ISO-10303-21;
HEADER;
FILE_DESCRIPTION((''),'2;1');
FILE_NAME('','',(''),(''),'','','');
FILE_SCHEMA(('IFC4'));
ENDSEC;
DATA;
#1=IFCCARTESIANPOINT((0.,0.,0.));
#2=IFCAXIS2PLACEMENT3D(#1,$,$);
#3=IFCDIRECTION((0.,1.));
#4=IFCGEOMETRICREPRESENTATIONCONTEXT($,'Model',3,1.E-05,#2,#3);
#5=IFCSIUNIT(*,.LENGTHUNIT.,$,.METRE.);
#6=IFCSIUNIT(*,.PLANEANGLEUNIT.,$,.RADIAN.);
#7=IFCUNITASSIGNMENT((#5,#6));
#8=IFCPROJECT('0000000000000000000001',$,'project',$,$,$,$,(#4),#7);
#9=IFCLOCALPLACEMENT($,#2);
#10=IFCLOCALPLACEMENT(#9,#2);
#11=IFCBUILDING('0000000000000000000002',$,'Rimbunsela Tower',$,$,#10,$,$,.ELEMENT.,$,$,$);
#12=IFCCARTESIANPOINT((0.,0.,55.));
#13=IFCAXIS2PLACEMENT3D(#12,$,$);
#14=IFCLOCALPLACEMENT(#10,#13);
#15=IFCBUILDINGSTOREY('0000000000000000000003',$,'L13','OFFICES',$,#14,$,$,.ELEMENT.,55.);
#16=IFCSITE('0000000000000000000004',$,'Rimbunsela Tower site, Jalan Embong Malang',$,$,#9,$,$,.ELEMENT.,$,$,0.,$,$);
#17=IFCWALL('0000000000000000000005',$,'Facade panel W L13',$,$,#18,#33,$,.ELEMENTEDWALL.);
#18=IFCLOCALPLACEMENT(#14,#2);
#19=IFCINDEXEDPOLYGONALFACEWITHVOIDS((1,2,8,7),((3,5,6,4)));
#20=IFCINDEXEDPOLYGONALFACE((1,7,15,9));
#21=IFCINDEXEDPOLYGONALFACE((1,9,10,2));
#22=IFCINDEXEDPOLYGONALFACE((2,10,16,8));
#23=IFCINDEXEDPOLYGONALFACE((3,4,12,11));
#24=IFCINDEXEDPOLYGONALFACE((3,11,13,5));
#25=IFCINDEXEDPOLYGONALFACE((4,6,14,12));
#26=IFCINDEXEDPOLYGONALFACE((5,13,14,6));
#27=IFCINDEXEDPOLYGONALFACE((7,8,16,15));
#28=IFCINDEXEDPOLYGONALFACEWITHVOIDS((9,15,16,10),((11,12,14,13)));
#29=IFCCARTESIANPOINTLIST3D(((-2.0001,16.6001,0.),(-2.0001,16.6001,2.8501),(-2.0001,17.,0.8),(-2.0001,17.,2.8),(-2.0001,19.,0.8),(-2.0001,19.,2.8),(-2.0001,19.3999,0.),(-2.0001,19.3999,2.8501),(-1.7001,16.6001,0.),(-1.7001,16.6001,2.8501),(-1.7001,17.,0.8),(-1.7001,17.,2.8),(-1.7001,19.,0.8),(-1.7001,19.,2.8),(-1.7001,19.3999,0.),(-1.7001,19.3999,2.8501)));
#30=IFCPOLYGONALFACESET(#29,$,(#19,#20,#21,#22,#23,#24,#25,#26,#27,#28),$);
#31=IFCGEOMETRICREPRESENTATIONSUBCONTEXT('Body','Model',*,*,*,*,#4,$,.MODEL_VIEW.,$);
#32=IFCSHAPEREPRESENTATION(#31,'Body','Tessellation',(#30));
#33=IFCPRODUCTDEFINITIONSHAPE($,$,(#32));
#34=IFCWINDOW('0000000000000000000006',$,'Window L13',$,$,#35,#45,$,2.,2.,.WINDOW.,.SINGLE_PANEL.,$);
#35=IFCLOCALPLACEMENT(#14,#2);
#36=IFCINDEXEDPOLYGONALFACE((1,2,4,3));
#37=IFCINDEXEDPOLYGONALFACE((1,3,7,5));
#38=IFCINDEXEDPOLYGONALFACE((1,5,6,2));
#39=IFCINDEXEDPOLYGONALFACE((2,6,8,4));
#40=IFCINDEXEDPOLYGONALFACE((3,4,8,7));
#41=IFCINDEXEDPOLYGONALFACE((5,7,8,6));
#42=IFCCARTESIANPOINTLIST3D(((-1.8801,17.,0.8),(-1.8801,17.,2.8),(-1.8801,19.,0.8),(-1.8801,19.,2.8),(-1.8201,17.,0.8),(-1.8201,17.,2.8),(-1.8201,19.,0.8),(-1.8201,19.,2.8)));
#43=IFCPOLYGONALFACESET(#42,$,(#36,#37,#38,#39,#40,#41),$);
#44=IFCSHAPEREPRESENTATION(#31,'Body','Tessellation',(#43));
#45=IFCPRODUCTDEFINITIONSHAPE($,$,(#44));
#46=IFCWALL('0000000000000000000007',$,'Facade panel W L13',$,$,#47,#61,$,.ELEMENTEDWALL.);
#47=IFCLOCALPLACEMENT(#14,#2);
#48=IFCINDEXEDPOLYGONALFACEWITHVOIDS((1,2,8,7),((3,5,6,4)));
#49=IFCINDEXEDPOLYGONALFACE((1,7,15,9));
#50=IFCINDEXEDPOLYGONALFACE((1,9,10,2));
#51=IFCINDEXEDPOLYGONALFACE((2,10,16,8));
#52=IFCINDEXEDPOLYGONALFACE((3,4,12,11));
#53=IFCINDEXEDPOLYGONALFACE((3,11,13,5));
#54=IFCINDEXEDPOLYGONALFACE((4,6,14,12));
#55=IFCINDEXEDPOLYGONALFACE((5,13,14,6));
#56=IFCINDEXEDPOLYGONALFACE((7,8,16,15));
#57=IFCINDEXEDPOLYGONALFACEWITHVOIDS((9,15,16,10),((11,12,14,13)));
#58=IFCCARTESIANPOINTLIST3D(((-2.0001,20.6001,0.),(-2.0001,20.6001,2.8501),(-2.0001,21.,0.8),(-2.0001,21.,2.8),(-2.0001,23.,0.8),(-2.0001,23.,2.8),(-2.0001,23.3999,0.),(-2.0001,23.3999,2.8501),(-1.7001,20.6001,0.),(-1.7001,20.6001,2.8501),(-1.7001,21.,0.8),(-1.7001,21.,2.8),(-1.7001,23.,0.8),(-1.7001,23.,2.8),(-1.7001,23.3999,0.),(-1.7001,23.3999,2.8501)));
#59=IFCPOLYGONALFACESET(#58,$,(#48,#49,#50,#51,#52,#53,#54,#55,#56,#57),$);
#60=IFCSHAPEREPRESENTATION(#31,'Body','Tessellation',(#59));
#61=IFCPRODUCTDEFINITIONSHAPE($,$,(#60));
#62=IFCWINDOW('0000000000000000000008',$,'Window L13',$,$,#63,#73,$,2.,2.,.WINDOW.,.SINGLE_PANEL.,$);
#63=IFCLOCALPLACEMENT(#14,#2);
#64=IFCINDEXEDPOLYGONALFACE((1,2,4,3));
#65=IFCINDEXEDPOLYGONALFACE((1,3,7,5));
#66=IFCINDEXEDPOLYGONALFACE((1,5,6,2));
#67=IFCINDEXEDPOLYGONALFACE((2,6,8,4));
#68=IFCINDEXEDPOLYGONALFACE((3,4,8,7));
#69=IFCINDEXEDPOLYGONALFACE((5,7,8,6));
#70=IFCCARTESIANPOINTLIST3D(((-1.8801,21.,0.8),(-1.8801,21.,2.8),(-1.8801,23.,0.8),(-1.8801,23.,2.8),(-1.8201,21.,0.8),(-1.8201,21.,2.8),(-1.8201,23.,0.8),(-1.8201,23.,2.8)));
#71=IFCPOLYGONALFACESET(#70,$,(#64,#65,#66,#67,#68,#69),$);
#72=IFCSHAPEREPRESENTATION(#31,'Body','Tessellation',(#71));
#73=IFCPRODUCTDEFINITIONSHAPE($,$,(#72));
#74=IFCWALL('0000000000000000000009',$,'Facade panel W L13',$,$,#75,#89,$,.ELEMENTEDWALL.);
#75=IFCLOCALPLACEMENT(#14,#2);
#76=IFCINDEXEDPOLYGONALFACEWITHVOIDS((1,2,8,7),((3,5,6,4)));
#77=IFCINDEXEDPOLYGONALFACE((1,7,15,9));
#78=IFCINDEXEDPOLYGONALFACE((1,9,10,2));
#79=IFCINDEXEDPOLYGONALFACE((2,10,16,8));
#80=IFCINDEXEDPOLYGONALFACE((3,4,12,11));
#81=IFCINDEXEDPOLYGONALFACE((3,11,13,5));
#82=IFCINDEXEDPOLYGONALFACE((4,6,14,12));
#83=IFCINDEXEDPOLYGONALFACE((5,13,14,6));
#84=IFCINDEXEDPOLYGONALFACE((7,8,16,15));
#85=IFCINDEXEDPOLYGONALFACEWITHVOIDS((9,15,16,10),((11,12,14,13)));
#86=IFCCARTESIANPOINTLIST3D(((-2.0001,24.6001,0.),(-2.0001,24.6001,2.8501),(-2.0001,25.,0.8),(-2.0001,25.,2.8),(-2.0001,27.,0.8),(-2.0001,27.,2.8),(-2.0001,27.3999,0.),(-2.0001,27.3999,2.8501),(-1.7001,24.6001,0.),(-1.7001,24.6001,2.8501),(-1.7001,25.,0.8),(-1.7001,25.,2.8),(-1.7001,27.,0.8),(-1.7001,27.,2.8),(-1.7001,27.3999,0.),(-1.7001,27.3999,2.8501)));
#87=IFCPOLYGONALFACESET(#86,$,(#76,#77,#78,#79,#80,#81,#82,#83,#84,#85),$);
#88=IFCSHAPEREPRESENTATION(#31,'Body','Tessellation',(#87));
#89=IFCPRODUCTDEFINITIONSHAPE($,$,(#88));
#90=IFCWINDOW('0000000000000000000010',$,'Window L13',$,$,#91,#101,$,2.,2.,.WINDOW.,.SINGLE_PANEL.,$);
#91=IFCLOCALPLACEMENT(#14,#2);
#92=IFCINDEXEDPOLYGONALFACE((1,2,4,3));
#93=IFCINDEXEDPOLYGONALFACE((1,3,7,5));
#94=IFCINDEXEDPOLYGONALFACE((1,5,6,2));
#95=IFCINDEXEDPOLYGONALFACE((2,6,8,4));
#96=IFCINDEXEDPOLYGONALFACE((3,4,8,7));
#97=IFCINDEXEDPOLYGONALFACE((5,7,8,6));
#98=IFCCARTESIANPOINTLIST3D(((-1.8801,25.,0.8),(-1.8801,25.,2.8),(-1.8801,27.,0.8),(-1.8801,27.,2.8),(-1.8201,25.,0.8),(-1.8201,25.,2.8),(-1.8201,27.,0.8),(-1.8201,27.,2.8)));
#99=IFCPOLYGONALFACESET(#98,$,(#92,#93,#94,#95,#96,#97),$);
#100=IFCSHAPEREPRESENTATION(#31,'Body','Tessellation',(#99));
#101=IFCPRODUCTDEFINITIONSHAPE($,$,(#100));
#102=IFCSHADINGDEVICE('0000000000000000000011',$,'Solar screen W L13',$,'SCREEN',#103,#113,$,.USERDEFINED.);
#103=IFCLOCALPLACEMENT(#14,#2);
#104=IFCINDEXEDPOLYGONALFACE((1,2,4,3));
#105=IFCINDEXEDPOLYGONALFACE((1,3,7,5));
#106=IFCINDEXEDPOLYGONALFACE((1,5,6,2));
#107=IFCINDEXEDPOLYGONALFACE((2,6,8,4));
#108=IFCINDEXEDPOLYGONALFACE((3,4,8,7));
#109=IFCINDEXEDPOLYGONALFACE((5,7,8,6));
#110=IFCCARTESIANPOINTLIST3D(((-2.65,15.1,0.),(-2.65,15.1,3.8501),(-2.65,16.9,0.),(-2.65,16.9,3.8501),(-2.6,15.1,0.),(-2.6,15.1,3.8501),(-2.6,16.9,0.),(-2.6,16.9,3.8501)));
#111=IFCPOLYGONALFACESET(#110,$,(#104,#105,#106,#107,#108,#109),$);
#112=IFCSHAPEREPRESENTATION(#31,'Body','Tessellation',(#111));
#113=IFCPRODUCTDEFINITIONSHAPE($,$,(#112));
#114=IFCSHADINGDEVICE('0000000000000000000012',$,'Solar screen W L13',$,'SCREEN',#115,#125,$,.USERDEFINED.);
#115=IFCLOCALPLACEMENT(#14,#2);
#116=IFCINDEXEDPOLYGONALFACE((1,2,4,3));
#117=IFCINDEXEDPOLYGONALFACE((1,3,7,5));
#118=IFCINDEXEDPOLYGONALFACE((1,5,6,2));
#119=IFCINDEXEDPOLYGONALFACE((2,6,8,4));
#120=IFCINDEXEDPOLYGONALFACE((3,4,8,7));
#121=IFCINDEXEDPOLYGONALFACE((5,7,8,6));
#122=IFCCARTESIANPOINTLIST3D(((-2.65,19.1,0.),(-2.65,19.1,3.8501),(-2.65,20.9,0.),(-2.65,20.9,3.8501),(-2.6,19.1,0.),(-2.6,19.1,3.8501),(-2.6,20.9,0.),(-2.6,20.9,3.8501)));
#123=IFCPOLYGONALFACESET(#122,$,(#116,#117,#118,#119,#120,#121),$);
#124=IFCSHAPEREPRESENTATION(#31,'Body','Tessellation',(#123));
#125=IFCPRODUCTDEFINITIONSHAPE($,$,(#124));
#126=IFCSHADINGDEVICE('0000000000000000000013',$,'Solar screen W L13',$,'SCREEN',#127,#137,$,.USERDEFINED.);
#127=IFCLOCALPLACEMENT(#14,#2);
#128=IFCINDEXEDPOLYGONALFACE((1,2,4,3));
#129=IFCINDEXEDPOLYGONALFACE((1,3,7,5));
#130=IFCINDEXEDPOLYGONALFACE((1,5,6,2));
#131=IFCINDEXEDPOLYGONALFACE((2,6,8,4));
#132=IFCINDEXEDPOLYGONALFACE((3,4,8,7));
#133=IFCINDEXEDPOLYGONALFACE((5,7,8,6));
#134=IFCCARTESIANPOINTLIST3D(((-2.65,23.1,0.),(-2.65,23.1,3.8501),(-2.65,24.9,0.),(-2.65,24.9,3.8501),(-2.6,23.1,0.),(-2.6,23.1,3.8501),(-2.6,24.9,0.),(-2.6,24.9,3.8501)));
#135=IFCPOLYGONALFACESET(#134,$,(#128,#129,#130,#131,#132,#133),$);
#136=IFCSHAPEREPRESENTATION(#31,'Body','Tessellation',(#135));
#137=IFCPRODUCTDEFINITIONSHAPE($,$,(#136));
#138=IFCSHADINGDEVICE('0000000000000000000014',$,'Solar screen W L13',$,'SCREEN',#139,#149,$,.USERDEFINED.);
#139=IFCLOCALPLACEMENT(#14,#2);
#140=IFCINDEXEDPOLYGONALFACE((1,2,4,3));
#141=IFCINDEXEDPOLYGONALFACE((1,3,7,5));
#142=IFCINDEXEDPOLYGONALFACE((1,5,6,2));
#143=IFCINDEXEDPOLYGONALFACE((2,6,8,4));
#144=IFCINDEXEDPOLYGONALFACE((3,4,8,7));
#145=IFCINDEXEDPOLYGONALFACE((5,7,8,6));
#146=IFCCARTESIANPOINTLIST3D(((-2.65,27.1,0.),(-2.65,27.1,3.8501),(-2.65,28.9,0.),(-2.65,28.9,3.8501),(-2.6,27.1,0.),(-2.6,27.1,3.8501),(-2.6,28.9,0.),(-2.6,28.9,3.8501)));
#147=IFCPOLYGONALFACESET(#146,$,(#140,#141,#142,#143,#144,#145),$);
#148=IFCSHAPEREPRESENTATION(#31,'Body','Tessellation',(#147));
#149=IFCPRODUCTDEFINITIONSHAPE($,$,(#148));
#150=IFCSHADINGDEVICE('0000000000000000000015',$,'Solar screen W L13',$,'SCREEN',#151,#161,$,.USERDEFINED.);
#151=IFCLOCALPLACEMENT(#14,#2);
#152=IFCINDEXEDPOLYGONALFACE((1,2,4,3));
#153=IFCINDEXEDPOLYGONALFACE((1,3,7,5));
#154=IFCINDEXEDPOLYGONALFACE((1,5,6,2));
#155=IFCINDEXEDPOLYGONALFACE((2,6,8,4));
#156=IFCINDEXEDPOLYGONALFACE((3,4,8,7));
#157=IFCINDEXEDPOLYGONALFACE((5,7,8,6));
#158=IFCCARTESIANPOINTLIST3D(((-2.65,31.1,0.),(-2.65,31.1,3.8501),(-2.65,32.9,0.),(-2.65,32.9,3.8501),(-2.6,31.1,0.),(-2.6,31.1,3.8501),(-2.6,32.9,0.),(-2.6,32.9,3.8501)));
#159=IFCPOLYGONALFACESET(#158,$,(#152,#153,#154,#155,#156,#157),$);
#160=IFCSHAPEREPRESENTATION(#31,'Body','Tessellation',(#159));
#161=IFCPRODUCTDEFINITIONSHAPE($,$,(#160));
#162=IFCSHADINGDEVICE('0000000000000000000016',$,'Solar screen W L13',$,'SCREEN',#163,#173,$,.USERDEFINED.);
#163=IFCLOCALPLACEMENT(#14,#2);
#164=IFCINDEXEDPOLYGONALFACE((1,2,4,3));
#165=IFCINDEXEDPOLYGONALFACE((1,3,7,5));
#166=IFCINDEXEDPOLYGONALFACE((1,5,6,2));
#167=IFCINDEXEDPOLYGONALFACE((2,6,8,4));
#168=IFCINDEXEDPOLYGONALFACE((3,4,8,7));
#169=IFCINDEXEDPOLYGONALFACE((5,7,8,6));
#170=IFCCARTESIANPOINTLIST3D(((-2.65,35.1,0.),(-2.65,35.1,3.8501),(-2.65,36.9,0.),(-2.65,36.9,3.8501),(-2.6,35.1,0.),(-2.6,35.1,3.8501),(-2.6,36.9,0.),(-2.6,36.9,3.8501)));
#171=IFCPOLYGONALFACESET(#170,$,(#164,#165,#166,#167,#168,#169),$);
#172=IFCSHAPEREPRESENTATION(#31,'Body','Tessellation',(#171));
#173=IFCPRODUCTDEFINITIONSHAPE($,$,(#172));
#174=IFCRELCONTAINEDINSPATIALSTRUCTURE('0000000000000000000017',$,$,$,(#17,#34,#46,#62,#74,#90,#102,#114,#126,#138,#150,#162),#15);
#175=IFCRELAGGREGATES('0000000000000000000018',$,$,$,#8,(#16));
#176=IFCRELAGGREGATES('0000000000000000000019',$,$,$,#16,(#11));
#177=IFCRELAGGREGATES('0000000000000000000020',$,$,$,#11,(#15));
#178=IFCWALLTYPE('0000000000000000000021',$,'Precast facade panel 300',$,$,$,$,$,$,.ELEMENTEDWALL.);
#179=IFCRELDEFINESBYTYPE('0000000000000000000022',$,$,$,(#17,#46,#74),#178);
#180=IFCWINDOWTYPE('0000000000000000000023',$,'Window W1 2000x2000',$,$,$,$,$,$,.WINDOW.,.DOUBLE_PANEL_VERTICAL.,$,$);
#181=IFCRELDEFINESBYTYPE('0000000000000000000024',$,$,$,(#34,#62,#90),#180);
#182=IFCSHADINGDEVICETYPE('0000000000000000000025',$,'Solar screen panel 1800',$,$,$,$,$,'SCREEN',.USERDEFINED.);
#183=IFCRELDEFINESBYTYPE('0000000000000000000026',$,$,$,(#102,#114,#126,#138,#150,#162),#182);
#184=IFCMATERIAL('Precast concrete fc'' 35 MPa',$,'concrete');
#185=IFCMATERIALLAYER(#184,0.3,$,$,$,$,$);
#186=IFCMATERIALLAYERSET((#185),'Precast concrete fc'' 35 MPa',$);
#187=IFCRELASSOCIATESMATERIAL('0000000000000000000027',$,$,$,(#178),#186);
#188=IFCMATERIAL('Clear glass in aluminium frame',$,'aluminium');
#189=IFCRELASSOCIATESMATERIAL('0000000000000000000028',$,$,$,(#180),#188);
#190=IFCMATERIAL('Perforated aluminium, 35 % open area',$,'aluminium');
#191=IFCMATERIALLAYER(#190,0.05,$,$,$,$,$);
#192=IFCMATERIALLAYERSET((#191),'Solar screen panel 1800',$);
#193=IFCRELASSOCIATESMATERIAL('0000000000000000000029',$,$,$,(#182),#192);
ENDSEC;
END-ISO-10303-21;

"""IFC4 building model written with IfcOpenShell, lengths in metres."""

from ifc_helpers import new_model, si_unit, direction, frame, frame_2d, origin, origin_2d, place, context, subcontext, project, spatial, rectangle, extrude, material, layer, layer_set, type_object, element, fill, save


model = new_model("IFC4")

# Units and contexts
model_context = context("Model", 3, precision=1e-05, world=origin(), true_north=direction((0.0, 1.0)))
body_context = subcontext(model_context, "Body", "Model", "MODEL_VIEW")
ifc_project = project(units=[si_unit("LENGTHUNIT", "METRE"), si_unit("PLANEANGLEUNIT", "RADIAN")], contexts=[model_context])

# Site, building, storey
site_placement = place(None, origin())
site = spatial("IfcSite", under=ifc_project, at=site_placement, Name="Rimbunsela Tower site, Jalan Embong Malang", CompositionType="ELEMENT", RefElevation=0.0)
building_placement = place(site_placement, origin())
building = spatial("IfcBuilding", under=site, at=building_placement, Name="Rimbunsela Tower", CompositionType="ELEMENT")
storey_placement = place(building_placement, frame((0.0, 0.0, 55.0)))
storey = spatial("IfcBuildingStorey", under=building, at=storey_placement, Name="L13", Description="OFFICES", CompositionType="ELEMENT", Elevation=55.0)

# Walls, openings, windows
ifc_material_1 = material(Name="Precast concrete fc' 35 MPa", Category="concrete")
ifc_layer_1 = layer(ifc_material_1, 0.3)
ifc_layer_set_1 = layer_set([ifc_layer_1], Name="Precast concrete fc' 35 MPa")
wall_type = type_object("IfcWallType", Name="Precast facade panel 300", PredefinedType="ELEMENTEDWALL", material=ifc_layer_set_1)
ifc_material_2 = material(Name="Clear glass in aluminium frame", Category="aluminium")
window_type = type_object("IfcWindowType", Name="Window W1 2000x2000", PartitioningType="DOUBLE_PANEL_VERTICAL", PredefinedType="WINDOW", material=ifc_material_2)
wall_1_placement = place(storey_placement, frame((-1.8501, 19.3999, 0.0), z_axis=(0.0, 0.0, 1.0), x_axis=(0.0, -1.0, 0.0)))
wall_1 = element("IfcWall", 1, at=wall_1_placement, inside=storey, type_object=wall_type, Name="Facade panel W L13", PredefinedType="ELEMENTEDWALL", context=body_context, shape_type="SweptSolid", body=[
    extrude(rectangle(XDim=2.7998, YDim=0.3, at=frame_2d((1.3999, 0.0))), origin(), (0.0, 0.0, 1.0), 2.8501),
])
opening_1_placement = place(wall_1_placement, frame((0.3999, 0.0, 0.8)))
opening_1 = element("IfcOpeningElement", 2, at=opening_1_placement, cuts=wall_1, PredefinedType="OPENING", context=body_context, shape_type="SweptSolid", body=[
    extrude(rectangle(XDim=2.0, YDim=2.0, at=frame_2d((1.0, 1.0))), frame((0.0, 0.1599, 0.0), z_axis=(0.0, -1.0, 0.0), x_axis=(1.0, 0.0, 0.0)), (0.0, 0.0, 1.0), 0.3201),
])
window_1_placement = place(opening_1_placement, origin())
window_1 = element("IfcWindow", 3, at=window_1_placement, inside=storey, type_object=window_type, Name="Window L13", OverallHeight=2.0, OverallWidth=2.0, PartitioningType="SINGLE_PANEL", PredefinedType="WINDOW", context=body_context, shape_type="SweptSolid", body=[
    extrude(rectangle(XDim=2.0, YDim=2.0, at=frame_2d((1.0, 1.0))), frame((0.0, 0.03, 0.0), z_axis=(0.0, -1.0, 0.0), x_axis=(1.0, 0.0, 0.0)), (0.0, 0.0, 1.0), 0.0601),
])
fill(opening_1, window_1)
wall_2_placement = place(storey_placement, frame((-1.8501, 23.3999, 0.0), z_axis=(0.0, 0.0, 1.0), x_axis=(0.0, -1.0, 0.0)))
wall_2 = element("IfcWall", 4, at=wall_2_placement, inside=storey, type_object=wall_type, Name="Facade panel W L13", PredefinedType="ELEMENTEDWALL", context=body_context, shape_type="SweptSolid", body=[
    extrude(rectangle(XDim=2.7998, YDim=0.3, at=frame_2d((1.3999, 0.0))), origin(), (0.0, 0.0, 1.0), 2.8501),
])
opening_2_placement = place(wall_2_placement, frame((0.3999, 0.0, 0.8)))
opening_2 = element("IfcOpeningElement", 5, at=opening_2_placement, cuts=wall_2, PredefinedType="OPENING", context=body_context, shape_type="SweptSolid", body=[
    extrude(rectangle(XDim=2.0, YDim=2.0, at=frame_2d((1.0, 1.0))), frame((0.0, 0.1599, 0.0), z_axis=(0.0, -1.0, 0.0), x_axis=(1.0, 0.0, 0.0)), (0.0, 0.0, 1.0), 0.3201),
])
window_2_placement = place(opening_2_placement, origin())
window_2 = element("IfcWindow", 6, at=window_2_placement, inside=storey, type_object=window_type, Name="Window L13", OverallHeight=2.0, OverallWidth=2.0, PartitioningType="SINGLE_PANEL", PredefinedType="WINDOW", context=body_context, shape_type="SweptSolid", body=[
    extrude(rectangle(XDim=2.0, YDim=2.0, at=frame_2d((1.0, 1.0))), frame((0.0, 0.03, 0.0), z_axis=(0.0, -1.0, 0.0), x_axis=(1.0, 0.0, 0.0)), (0.0, 0.0, 1.0), 0.0601),
])
fill(opening_2, window_2)
wall_3_placement = place(storey_placement, frame((-1.8501, 27.3999, 0.0), z_axis=(0.0, 0.0, 1.0), x_axis=(0.0, -1.0, 0.0)))
wall_3 = element("IfcWall", 7, at=wall_3_placement, inside=storey, type_object=wall_type, Name="Facade panel W L13", PredefinedType="ELEMENTEDWALL", context=body_context, shape_type="SweptSolid", body=[
    extrude(rectangle(XDim=2.7998, YDim=0.3, at=frame_2d((1.3999, 0.0))), origin(), (0.0, 0.0, 1.0), 2.8501),
])
opening_3_placement = place(wall_3_placement, frame((0.3999, 0.0, 0.8)))
opening_3 = element("IfcOpeningElement", 8, at=opening_3_placement, cuts=wall_3, PredefinedType="OPENING", context=body_context, shape_type="SweptSolid", body=[
    extrude(rectangle(XDim=2.0, YDim=2.0, at=frame_2d((1.0, 1.0))), frame((0.0, 0.1599, 0.0), z_axis=(0.0, -1.0, 0.0), x_axis=(1.0, 0.0, 0.0)), (0.0, 0.0, 1.0), 0.3201),
])
window_3_placement = place(opening_3_placement, origin())
window_3 = element("IfcWindow", 9, at=window_3_placement, inside=storey, type_object=window_type, Name="Window L13", OverallHeight=2.0, OverallWidth=2.0, PartitioningType="SINGLE_PANEL", PredefinedType="WINDOW", context=body_context, shape_type="SweptSolid", body=[
    extrude(rectangle(XDim=2.0, YDim=2.0, at=frame_2d((1.0, 1.0))), frame((0.0, 0.03, 0.0), z_axis=(0.0, -1.0, 0.0), x_axis=(1.0, 0.0, 0.0)), (0.0, 0.0, 1.0), 0.0601),
])
fill(opening_3, window_3)

# Shading devices
ifc_material_3 = material(Name="Perforated aluminium, 35 % open area", Category="aluminium")
ifc_layer_2 = layer(ifc_material_3, 0.05)
ifc_layer_set_2 = layer_set([ifc_layer_2], Name="Solar screen panel 1800")
shading_device_type = type_object("IfcShadingDeviceType", Name="Solar screen panel 1800", ElementType="SCREEN", PredefinedType="USERDEFINED", material=ifc_layer_set_2)
for number, where, z_axis, x_axis, name in (
    (10, (-2.625, 16.0, 0.0), (0.0, 0.0, 1.0), (0.0, 1.0, 0.0), "Solar screen W L13"),
    (11, (-2.625, 20.0, 0.0), (0.0, 0.0, 1.0), (0.0, 1.0, 0.0), "Solar screen W L13"),
    (12, (-2.625, 24.0, 0.0), (0.0, 0.0, 1.0), (0.0, 1.0, 0.0), "Solar screen W L13"),
    (13, (-2.625, 28.0, 0.0), (0.0, 0.0, 1.0), (0.0, 1.0, 0.0), "Solar screen W L13"),
    (14, (-2.625, 32.0, 0.0), (0.0, 0.0, 1.0), (0.0, 1.0, 0.0), "Solar screen W L13"),
    (15, (-2.625, 36.0, 0.0), (0.0, 0.0, 1.0), (0.0, 1.0, 0.0), "Solar screen W L13"),
):
    element("IfcShadingDevice", number, at=place(storey_placement, frame(where, z_axis=z_axis, x_axis=x_axis)), inside=storey, type_object=shading_device_type, Name=name, ObjectType="SCREEN", PredefinedType="USERDEFINED", context=body_context, shape_type="SweptSolid", body=[
        extrude(rectangle(XDim=1.8, YDim=0.05, at=origin_2d()), origin(), (0.0, 0.0, 1.0), 3.8501),
    ])

save(model, "model.ifc")
